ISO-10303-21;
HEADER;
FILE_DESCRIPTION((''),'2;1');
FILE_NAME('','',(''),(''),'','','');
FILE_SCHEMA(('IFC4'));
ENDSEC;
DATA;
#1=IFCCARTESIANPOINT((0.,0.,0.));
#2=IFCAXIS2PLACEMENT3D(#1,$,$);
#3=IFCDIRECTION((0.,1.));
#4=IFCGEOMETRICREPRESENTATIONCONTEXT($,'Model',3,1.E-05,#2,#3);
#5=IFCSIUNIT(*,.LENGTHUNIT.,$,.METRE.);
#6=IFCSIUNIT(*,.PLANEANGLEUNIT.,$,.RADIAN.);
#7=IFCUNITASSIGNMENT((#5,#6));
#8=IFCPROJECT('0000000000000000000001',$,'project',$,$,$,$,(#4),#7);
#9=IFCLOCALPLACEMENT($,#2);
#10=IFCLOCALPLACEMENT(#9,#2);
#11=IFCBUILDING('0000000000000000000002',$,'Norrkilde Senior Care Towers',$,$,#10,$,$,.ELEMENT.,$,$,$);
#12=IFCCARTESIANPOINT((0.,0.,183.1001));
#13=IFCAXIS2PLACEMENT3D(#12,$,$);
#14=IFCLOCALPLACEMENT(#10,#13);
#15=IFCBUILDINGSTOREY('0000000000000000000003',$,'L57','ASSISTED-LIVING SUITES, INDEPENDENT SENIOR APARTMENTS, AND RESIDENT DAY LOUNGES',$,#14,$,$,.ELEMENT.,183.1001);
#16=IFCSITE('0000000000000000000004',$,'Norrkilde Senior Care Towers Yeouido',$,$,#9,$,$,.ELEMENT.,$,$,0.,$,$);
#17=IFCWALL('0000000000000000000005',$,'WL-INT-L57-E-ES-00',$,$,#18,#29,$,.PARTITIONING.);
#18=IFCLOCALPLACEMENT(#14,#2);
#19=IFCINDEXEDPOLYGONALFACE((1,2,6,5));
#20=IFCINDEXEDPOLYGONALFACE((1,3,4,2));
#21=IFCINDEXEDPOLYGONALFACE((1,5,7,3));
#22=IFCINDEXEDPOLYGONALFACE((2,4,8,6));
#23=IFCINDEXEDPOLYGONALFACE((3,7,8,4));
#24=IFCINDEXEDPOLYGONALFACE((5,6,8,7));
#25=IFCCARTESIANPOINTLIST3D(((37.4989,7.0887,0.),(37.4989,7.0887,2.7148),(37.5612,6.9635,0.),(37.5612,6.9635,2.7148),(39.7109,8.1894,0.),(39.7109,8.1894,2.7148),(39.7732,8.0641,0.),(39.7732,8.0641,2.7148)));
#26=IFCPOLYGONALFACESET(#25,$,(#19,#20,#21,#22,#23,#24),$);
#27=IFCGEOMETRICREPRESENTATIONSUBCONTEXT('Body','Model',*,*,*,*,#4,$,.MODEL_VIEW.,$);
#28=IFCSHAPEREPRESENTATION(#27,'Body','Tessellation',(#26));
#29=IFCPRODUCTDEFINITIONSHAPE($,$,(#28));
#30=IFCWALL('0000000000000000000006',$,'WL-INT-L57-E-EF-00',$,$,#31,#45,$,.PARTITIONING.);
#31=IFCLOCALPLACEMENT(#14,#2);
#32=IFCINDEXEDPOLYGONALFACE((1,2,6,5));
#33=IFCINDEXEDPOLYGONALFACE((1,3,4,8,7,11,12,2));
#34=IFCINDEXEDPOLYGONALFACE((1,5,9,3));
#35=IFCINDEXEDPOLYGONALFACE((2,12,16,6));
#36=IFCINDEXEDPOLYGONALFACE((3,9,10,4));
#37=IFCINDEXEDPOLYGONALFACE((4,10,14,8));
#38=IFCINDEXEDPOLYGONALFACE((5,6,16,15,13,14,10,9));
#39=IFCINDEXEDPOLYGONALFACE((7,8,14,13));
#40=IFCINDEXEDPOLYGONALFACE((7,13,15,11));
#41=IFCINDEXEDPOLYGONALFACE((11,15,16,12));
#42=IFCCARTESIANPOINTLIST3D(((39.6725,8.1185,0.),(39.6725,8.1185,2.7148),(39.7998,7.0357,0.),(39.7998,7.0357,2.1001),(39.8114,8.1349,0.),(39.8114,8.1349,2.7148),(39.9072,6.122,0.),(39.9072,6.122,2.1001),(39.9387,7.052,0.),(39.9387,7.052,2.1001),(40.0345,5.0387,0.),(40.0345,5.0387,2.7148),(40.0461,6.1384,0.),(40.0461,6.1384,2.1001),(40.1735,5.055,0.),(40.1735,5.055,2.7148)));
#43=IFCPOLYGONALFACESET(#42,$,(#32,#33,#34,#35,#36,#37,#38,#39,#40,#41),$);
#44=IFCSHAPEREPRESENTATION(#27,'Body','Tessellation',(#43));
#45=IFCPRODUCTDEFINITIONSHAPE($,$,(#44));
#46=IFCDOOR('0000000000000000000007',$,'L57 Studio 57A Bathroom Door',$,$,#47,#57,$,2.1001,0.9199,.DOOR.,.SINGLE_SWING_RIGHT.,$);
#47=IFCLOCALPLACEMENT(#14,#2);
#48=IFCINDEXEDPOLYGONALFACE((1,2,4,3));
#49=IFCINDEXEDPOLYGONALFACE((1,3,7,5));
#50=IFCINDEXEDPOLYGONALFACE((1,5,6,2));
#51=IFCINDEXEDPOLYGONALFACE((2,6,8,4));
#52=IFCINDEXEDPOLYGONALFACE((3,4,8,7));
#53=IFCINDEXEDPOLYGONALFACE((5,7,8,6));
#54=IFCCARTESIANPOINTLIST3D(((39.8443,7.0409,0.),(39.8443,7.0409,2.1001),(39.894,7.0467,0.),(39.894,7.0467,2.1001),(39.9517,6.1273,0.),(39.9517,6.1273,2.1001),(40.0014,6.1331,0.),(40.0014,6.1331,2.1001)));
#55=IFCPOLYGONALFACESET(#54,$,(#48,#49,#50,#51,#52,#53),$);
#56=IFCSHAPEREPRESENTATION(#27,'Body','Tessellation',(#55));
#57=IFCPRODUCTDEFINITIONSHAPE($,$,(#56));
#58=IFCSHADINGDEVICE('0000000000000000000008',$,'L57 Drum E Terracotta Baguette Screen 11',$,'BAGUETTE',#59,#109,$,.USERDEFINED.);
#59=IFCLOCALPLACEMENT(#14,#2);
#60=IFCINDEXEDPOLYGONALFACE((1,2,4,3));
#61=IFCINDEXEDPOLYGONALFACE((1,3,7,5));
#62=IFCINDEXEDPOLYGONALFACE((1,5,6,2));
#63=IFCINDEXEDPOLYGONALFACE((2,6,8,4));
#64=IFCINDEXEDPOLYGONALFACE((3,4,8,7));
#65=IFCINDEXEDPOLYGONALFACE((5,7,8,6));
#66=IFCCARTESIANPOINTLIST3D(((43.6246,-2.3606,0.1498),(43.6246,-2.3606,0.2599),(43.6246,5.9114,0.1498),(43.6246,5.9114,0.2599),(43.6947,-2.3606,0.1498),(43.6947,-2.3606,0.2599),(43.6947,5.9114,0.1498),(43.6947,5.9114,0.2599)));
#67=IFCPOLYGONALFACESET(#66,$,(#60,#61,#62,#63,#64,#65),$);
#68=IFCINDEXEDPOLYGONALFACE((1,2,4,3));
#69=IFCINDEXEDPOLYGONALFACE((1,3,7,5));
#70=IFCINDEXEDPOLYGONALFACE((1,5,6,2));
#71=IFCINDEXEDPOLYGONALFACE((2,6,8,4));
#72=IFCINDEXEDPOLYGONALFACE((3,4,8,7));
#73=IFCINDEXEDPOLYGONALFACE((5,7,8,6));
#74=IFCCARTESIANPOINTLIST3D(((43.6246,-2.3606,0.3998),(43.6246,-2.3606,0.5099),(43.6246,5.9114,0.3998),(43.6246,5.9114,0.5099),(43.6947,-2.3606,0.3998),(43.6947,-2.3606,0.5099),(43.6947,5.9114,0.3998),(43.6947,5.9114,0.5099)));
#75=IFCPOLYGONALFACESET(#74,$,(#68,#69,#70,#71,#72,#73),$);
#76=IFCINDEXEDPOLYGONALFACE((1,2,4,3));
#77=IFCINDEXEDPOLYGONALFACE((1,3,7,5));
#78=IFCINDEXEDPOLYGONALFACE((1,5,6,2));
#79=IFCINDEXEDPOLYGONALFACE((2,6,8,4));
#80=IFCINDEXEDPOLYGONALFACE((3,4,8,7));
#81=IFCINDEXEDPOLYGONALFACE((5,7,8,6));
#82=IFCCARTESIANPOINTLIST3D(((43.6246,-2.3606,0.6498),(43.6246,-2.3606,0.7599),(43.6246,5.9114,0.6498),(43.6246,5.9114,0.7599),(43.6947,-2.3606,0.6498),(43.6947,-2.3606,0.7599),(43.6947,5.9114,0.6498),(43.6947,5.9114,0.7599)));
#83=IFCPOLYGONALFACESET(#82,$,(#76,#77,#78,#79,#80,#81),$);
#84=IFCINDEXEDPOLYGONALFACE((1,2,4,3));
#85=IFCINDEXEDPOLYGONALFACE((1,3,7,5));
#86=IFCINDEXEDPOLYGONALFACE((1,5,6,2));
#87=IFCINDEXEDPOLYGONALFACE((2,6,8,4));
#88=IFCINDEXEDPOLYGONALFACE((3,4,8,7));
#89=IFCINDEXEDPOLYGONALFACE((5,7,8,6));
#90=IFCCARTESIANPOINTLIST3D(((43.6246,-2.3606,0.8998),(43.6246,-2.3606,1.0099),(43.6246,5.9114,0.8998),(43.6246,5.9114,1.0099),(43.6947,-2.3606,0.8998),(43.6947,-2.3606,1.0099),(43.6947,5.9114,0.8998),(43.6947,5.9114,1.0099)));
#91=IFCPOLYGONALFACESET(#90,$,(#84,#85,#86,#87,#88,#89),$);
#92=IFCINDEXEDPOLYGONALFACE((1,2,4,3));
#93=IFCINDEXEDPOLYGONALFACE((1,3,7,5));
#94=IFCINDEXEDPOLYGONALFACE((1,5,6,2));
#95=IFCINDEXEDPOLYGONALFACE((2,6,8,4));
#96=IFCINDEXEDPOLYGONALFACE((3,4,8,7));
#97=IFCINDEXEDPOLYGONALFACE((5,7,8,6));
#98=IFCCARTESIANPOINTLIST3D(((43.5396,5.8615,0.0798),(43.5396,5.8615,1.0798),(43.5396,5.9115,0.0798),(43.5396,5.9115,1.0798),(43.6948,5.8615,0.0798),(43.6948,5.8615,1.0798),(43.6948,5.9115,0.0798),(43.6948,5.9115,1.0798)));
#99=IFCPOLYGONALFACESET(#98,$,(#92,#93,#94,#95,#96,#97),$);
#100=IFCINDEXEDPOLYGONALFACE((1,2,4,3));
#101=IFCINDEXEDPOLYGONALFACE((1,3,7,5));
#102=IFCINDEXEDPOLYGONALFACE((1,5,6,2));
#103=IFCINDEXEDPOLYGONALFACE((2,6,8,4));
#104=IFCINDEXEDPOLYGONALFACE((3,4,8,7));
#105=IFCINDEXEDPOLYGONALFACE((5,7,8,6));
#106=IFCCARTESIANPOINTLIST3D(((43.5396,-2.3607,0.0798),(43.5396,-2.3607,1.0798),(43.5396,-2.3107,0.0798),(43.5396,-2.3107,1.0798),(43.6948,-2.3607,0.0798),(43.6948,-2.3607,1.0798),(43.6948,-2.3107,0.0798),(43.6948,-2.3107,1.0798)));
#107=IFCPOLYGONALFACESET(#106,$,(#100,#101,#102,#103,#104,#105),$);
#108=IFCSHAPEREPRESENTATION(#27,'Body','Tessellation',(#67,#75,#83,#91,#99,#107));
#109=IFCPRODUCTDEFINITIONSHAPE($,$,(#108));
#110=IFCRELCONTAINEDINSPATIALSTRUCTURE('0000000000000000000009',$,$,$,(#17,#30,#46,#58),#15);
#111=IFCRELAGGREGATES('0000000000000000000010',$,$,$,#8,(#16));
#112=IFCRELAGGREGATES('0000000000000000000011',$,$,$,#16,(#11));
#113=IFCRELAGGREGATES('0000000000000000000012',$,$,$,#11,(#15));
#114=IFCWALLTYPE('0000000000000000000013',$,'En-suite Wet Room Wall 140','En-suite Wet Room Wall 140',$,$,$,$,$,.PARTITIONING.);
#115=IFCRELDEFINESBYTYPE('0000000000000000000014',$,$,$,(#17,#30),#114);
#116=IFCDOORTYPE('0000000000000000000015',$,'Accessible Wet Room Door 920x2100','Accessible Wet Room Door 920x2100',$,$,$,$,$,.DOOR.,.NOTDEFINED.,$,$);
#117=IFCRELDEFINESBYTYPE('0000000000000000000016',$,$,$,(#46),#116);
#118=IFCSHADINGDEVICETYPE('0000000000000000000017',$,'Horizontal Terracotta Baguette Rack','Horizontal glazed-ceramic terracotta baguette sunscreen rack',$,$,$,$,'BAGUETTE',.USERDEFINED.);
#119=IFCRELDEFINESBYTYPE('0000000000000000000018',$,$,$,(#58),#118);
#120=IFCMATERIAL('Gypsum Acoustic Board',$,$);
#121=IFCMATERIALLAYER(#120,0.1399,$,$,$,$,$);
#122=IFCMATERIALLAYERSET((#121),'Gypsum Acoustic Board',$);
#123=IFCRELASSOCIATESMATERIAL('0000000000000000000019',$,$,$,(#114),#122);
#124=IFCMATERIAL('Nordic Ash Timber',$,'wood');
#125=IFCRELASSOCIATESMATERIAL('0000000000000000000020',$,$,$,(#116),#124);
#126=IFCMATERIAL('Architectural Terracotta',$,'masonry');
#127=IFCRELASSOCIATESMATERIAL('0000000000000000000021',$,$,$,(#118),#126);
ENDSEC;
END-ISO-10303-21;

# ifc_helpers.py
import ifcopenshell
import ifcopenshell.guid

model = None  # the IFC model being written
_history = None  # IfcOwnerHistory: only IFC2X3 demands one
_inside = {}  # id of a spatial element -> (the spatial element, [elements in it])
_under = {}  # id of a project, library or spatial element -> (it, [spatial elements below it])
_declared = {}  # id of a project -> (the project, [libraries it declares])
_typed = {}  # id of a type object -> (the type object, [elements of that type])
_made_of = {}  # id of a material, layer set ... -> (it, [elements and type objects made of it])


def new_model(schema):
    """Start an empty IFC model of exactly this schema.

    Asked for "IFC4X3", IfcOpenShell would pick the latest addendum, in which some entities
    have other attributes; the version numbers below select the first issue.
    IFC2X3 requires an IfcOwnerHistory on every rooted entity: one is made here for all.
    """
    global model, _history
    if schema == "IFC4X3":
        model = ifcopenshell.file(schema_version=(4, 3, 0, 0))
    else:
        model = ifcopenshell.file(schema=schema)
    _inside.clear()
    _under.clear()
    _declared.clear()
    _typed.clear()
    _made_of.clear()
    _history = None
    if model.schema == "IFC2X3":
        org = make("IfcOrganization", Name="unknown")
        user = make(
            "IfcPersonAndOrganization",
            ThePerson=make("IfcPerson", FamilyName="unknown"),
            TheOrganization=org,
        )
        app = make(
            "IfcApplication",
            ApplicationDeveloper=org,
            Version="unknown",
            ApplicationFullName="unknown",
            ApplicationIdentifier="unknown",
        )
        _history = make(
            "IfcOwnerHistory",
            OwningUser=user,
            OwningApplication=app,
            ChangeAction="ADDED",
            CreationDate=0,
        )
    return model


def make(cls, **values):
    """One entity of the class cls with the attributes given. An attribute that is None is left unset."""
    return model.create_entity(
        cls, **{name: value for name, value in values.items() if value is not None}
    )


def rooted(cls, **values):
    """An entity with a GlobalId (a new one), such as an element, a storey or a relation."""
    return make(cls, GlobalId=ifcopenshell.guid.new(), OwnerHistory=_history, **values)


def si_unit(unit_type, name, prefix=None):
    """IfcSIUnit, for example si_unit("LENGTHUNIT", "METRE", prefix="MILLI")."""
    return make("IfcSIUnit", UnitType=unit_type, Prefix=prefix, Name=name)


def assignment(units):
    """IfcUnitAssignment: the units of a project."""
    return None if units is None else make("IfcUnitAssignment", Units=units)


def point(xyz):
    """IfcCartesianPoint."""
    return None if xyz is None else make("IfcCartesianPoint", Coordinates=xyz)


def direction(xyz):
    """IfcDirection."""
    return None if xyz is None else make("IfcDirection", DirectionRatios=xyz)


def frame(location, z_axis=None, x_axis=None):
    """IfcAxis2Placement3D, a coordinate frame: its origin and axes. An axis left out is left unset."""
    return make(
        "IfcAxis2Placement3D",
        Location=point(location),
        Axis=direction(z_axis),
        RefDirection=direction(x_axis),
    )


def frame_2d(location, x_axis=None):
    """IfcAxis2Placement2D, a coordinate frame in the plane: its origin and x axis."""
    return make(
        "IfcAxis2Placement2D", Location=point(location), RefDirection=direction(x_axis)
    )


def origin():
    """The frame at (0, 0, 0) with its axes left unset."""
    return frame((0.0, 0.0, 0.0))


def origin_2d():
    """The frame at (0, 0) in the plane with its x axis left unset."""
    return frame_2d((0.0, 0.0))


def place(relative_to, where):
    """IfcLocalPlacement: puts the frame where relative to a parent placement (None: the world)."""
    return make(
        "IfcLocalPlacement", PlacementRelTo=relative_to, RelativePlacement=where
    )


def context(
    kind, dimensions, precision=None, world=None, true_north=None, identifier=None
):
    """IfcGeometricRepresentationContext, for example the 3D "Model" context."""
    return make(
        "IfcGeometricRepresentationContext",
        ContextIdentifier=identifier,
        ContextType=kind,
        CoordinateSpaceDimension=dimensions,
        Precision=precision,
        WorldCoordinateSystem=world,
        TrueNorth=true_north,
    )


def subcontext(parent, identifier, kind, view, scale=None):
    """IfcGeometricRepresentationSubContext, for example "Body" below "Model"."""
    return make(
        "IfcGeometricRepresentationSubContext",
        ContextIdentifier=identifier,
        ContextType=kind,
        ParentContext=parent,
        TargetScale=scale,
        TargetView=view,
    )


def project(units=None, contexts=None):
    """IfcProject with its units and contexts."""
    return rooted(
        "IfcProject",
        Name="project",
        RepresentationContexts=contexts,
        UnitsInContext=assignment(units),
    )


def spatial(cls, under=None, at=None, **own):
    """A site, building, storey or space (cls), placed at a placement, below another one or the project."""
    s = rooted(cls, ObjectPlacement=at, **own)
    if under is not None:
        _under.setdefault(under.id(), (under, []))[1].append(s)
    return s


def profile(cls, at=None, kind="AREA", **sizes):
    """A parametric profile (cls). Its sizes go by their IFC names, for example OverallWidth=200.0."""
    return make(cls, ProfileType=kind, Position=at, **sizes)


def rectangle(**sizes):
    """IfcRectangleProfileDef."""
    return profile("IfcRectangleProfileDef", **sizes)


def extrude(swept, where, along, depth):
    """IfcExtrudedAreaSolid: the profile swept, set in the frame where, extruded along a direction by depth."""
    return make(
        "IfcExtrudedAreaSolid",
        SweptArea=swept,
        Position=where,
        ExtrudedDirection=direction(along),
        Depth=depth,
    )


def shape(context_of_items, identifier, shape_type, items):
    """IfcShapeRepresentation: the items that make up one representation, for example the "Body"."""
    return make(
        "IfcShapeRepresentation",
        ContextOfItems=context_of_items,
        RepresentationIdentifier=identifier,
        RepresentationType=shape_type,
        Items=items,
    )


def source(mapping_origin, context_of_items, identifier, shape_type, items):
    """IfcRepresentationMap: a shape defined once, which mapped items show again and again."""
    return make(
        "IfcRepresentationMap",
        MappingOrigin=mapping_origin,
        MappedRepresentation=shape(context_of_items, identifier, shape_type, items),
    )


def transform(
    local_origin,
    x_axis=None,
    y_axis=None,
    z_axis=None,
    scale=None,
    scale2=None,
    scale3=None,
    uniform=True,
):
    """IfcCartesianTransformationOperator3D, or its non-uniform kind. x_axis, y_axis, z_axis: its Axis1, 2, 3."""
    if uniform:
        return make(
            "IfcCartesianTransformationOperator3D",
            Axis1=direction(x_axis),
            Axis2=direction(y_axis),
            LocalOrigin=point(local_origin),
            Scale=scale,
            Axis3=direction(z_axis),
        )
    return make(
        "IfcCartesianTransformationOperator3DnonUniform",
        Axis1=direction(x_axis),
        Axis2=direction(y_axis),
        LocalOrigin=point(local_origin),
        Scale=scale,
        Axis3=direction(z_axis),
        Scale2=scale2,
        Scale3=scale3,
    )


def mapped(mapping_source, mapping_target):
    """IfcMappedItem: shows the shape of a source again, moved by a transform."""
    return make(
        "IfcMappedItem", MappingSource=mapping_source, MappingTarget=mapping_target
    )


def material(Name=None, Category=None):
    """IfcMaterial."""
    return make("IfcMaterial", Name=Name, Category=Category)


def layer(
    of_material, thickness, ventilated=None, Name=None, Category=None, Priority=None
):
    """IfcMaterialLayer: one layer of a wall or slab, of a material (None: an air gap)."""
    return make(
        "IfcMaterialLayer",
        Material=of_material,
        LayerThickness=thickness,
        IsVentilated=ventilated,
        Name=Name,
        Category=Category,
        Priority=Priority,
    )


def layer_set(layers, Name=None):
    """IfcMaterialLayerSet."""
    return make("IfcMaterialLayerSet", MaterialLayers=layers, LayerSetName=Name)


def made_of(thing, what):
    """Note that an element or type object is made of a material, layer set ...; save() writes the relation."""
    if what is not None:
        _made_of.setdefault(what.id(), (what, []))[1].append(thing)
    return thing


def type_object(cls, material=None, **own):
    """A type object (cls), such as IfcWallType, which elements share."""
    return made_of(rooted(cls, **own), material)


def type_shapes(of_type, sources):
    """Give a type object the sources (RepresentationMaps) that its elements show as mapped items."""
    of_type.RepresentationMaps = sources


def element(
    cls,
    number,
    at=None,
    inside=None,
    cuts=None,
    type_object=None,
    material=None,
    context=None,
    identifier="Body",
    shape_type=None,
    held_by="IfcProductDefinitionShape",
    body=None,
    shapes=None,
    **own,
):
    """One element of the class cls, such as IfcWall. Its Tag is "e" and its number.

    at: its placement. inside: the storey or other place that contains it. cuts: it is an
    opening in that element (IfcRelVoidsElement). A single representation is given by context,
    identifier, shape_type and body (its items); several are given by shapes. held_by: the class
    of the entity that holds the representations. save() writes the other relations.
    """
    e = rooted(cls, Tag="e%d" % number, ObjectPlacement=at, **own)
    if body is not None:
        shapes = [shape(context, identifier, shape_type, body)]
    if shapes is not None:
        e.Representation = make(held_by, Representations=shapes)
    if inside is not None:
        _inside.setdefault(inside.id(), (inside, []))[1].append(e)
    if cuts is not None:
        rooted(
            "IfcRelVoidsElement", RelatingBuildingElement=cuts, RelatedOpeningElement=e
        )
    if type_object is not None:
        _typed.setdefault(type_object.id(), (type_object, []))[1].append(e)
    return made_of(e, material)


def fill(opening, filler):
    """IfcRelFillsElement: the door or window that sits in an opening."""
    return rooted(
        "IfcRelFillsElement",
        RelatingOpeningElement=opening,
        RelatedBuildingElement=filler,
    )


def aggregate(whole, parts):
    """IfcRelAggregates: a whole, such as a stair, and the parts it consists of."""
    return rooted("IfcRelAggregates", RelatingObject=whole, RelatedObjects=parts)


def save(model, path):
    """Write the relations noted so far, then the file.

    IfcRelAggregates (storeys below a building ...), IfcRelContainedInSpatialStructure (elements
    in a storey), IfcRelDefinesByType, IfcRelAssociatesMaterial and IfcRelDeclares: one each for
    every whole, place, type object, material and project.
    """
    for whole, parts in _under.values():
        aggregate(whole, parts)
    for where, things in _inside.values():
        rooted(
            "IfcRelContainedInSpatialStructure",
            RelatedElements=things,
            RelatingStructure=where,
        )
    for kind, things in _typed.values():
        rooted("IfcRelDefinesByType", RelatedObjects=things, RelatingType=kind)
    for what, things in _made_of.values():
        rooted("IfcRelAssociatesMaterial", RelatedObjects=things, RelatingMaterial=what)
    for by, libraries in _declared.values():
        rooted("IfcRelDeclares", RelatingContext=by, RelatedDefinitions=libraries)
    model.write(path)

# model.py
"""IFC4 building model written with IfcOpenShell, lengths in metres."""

from ifc_helpers import new_model, si_unit, direction, frame, frame_2d, origin, origin_2d, place, context, subcontext, project, spatial, rectangle, extrude, source, transform, mapped, material, layer, layer_set, type_object, type_shapes, element, fill, save


model = new_model("IFC4")

# Units and contexts
model_context = context("Model", 3, precision=1e-05, world=origin(), true_north=direction((0.0, 1.0)))
body_context = subcontext(model_context, "Body", "Model", "MODEL_VIEW")
ifc_project = project(units=[si_unit("LENGTHUNIT", "METRE"), si_unit("PLANEANGLEUNIT", "RADIAN")], contexts=[model_context])

# Site, building, storey
site_placement = place(None, origin())
site = spatial("IfcSite", under=ifc_project, at=site_placement, Name="Norrkilde Senior Care Towers Yeouido", CompositionType="ELEMENT", RefElevation=0.0)
building_placement = place(site_placement, origin())
building = spatial("IfcBuilding", under=site, at=building_placement, Name="Norrkilde Senior Care Towers", CompositionType="ELEMENT")
storey_placement = place(building_placement, frame((0.0, 0.0, 183.1001)))
storey = spatial("IfcBuildingStorey", under=building, at=storey_placement, Name="L57", Description="ASSISTED-LIVING SUITES, INDEPENDENT SENIOR APARTMENTS, AND RESIDENT DAY LOUNGES", CompositionType="ELEMENT", Elevation=183.1001)

# Shared definitions
ifc_material_1 = material(Name="Gypsum Acoustic Board")

# Shared definitions
ifc_material_2 = material(Name="Nordic Ash Timber", Category="wood")

# Wall
ifc_layer_1 = layer(ifc_material_1, 0.1399)
ifc_layer_set_1 = layer_set([ifc_layer_1], Name="Gypsum Acoustic Board")
wall_type_1 = type_object("IfcWallType", Name="En-suite Wet Room Wall 140", Description="En-suite Wet Room Wall 140", PredefinedType="PARTITIONING", material=ifc_layer_set_1)
shared_shape_1 = source(origin(), body_context, "Body", "SweptSolid", [
    extrude(rectangle(XDim=2.4707, YDim=0.1399, at=frame_2d((1.2354, 0.0))), origin(), (0.0, 0.0, 1.0), 2.7148),
])
wall_1_placement = place(storey_placement, frame((37.53, 7.0261, 0.0), z_axis=(0.0, 0.0, 1.0), x_axis=(0.895295, 0.445474, 0.0)))
element("IfcWall", 1, at=wall_1_placement, inside=storey, type_object=wall_type_1, Name="WL-INT-L57-E-ES-00", PredefinedType="PARTITIONING", context=body_context, shape_type="MappedRepresentation", body=[
    mapped(shared_shape_1, transform((0.0, 0.0, 0.0), x_axis=(1.0, 0.0, 0.0), y_axis=(0.0, 1.0, 0.0), z_axis=(0.0, 0.0, 1.0), scale=1.0)),
])

# Wall, opening, door
shared_shape_2 = source(origin(), body_context, "Body", "SweptSolid", [
    extrude(rectangle(XDim=3.1011, YDim=0.1399, at=frame_2d((1.5505, 0.0))), origin(), (0.0, 0.0, 1.0), 2.7148),
])
type_shapes(wall_type_1, [shared_shape_1, shared_shape_2])
wall_2_placement = place(storey_placement, frame((39.7419, 8.1267, 0.0), z_axis=(0.0, 0.0, 1.0), x_axis=(0.116754, -0.993161, 0.0)))
wall_2 = element("IfcWall", 2, at=wall_2_placement, inside=storey, type_object=wall_type_1, Name="WL-INT-L57-E-EF-00", PredefinedType="PARTITIONING", context=body_context, shape_type="MappedRepresentation", body=[
    mapped(shared_shape_2, transform((0.0, 0.0, 0.0), x_axis=(1.0, 0.0, 0.0), y_axis=(0.0, 1.0, 0.0), z_axis=(0.0, 0.0, 1.0), scale=1.0)),
])
opening_1_placement = place(wall_2_placement, frame((1.0903, 0.0, 0.0)))
opening_1 = element("IfcOpeningElement", 3, at=opening_1_placement, cuts=wall_2, PredefinedType="OPENING", context=body_context, shape_type="SweptSolid", body=[
    extrude(rectangle(XDim=0.9199, YDim=2.1001, at=frame_2d((0.46, 1.05))), frame((0.0, 0.0798, 0.0), z_axis=(0.0, -1.0, 0.0), x_axis=(1.0, 0.0, 0.0)), (0.0, 0.0, 1.0), 0.1599),
])
door_type_1 = type_object("IfcDoorType", Name="Accessible Wet Room Door 920x2100", Description="Accessible Wet Room Door 920x2100", OperationType="NOTDEFINED", PredefinedType="DOOR", material=ifc_material_2)
shared_shape_3 = source(origin(), body_context, "Body", "SweptSolid", [
    extrude(rectangle(XDim=0.9199, YDim=2.1001, at=frame_2d((0.46, 1.05))), frame((0.0, 0.0249, 0.0), z_axis=(0.0, -1.0, 0.0), x_axis=(1.0, 0.0, 0.0)), (0.0, 0.0, 1.0), 0.05),
])
type_shapes(door_type_1, [shared_shape_3])
door_1_placement = place(opening_1_placement, origin())
door_1 = element("IfcDoor", 4, at=door_1_placement, inside=storey, type_object=door_type_1, Name="L57 Studio 57A Bathroom Door", OperationType="SINGLE_SWING_RIGHT", OverallHeight=2.1001, OverallWidth=0.9199, PredefinedType="DOOR", context=body_context, shape_type="MappedRepresentation", body=[
    mapped(shared_shape_3, transform((0.0, 0.0, 0.0), x_axis=(1.0, 0.0, 0.0), y_axis=(0.0, 1.0, 0.0), z_axis=(0.0, 0.0, 1.0), scale=1.0)),
])
fill(opening_1, door_1)

# Shading device
ifc_material_3 = material(Name="Architectural Terracotta", Category="masonry")
shading_device_type = type_object("IfcShadingDeviceType", Name="Horizontal Terracotta Baguette Rack", Description="Horizontal glazed-ceramic terracotta baguette sunscreen rack", ElementType="BAGUETTE", PredefinedType="USERDEFINED", material=ifc_material_3)
shared_shape_4 = source(origin(), body_context, "Body", "SweptSolid", [
    extrude(rectangle(XDim=0.0701, YDim=0.1101, at=origin_2d()), frame((0.0, 0.0901, 0.125), z_axis=(1.0, 0.0, 0.0), x_axis=(0.0, 1.0, 0.0)), (0.0, 0.0, 1.0), 8.272),
    extrude(rectangle(XDim=0.0701, YDim=0.1101, at=origin_2d()), frame((0.0, 0.0901, 0.375), z_axis=(1.0, 0.0, 0.0), x_axis=(0.0, 1.0, 0.0)), (0.0, 0.0, 1.0), 8.272),
    extrude(rectangle(XDim=0.0701, YDim=0.1101, at=origin_2d()), frame((0.0, 0.0901, 0.625), z_axis=(1.0, 0.0, 0.0), x_axis=(0.0, 1.0, 0.0)), (0.0, 0.0, 1.0), 8.272),
    extrude(rectangle(XDim=0.0701, YDim=0.1101, at=origin_2d()), frame((0.0, 0.0901, 0.875), z_axis=(1.0, 0.0, 0.0), x_axis=(0.0, 1.0, 0.0)), (0.0, 0.0, 1.0), 8.272),
    extrude(rectangle(XDim=0.05, YDim=0.1553, at=origin_2d()), frame((0.0249, 0.0476, 0.0)), (0.0, 0.0, 1.0), 1.0),
    extrude(rectangle(XDim=0.05, YDim=0.1553, at=origin_2d()), frame((8.2471, 0.0476, 0.0)), (0.0, 0.0, 1.0), 1.0),
])
type_shapes(shading_device_type, [shared_shape_4])
shading_device_placement = place(storey_placement, frame((43.5696, 5.9114, 0.0798), z_axis=(0.0, 0.0, 1.0), x_axis=(0.0, -1.0, 0.0)))
element("IfcShadingDevice", 5, at=shading_device_placement, inside=storey, type_object=shading_device_type, Name="L57 Drum E Terracotta Baguette Screen 11", ObjectType="BAGUETTE", PredefinedType="USERDEFINED", context=body_context, shape_type="MappedRepresentation", body=[
    mapped(shared_shape_4, transform((0.0, 0.0, 0.0), x_axis=(1.0, 0.0, 0.0), y_axis=(0.0, 1.0, 0.0), z_axis=(0.0, 0.0, 1.0), scale=1.0)),
])

save(model, "model.ifc")
